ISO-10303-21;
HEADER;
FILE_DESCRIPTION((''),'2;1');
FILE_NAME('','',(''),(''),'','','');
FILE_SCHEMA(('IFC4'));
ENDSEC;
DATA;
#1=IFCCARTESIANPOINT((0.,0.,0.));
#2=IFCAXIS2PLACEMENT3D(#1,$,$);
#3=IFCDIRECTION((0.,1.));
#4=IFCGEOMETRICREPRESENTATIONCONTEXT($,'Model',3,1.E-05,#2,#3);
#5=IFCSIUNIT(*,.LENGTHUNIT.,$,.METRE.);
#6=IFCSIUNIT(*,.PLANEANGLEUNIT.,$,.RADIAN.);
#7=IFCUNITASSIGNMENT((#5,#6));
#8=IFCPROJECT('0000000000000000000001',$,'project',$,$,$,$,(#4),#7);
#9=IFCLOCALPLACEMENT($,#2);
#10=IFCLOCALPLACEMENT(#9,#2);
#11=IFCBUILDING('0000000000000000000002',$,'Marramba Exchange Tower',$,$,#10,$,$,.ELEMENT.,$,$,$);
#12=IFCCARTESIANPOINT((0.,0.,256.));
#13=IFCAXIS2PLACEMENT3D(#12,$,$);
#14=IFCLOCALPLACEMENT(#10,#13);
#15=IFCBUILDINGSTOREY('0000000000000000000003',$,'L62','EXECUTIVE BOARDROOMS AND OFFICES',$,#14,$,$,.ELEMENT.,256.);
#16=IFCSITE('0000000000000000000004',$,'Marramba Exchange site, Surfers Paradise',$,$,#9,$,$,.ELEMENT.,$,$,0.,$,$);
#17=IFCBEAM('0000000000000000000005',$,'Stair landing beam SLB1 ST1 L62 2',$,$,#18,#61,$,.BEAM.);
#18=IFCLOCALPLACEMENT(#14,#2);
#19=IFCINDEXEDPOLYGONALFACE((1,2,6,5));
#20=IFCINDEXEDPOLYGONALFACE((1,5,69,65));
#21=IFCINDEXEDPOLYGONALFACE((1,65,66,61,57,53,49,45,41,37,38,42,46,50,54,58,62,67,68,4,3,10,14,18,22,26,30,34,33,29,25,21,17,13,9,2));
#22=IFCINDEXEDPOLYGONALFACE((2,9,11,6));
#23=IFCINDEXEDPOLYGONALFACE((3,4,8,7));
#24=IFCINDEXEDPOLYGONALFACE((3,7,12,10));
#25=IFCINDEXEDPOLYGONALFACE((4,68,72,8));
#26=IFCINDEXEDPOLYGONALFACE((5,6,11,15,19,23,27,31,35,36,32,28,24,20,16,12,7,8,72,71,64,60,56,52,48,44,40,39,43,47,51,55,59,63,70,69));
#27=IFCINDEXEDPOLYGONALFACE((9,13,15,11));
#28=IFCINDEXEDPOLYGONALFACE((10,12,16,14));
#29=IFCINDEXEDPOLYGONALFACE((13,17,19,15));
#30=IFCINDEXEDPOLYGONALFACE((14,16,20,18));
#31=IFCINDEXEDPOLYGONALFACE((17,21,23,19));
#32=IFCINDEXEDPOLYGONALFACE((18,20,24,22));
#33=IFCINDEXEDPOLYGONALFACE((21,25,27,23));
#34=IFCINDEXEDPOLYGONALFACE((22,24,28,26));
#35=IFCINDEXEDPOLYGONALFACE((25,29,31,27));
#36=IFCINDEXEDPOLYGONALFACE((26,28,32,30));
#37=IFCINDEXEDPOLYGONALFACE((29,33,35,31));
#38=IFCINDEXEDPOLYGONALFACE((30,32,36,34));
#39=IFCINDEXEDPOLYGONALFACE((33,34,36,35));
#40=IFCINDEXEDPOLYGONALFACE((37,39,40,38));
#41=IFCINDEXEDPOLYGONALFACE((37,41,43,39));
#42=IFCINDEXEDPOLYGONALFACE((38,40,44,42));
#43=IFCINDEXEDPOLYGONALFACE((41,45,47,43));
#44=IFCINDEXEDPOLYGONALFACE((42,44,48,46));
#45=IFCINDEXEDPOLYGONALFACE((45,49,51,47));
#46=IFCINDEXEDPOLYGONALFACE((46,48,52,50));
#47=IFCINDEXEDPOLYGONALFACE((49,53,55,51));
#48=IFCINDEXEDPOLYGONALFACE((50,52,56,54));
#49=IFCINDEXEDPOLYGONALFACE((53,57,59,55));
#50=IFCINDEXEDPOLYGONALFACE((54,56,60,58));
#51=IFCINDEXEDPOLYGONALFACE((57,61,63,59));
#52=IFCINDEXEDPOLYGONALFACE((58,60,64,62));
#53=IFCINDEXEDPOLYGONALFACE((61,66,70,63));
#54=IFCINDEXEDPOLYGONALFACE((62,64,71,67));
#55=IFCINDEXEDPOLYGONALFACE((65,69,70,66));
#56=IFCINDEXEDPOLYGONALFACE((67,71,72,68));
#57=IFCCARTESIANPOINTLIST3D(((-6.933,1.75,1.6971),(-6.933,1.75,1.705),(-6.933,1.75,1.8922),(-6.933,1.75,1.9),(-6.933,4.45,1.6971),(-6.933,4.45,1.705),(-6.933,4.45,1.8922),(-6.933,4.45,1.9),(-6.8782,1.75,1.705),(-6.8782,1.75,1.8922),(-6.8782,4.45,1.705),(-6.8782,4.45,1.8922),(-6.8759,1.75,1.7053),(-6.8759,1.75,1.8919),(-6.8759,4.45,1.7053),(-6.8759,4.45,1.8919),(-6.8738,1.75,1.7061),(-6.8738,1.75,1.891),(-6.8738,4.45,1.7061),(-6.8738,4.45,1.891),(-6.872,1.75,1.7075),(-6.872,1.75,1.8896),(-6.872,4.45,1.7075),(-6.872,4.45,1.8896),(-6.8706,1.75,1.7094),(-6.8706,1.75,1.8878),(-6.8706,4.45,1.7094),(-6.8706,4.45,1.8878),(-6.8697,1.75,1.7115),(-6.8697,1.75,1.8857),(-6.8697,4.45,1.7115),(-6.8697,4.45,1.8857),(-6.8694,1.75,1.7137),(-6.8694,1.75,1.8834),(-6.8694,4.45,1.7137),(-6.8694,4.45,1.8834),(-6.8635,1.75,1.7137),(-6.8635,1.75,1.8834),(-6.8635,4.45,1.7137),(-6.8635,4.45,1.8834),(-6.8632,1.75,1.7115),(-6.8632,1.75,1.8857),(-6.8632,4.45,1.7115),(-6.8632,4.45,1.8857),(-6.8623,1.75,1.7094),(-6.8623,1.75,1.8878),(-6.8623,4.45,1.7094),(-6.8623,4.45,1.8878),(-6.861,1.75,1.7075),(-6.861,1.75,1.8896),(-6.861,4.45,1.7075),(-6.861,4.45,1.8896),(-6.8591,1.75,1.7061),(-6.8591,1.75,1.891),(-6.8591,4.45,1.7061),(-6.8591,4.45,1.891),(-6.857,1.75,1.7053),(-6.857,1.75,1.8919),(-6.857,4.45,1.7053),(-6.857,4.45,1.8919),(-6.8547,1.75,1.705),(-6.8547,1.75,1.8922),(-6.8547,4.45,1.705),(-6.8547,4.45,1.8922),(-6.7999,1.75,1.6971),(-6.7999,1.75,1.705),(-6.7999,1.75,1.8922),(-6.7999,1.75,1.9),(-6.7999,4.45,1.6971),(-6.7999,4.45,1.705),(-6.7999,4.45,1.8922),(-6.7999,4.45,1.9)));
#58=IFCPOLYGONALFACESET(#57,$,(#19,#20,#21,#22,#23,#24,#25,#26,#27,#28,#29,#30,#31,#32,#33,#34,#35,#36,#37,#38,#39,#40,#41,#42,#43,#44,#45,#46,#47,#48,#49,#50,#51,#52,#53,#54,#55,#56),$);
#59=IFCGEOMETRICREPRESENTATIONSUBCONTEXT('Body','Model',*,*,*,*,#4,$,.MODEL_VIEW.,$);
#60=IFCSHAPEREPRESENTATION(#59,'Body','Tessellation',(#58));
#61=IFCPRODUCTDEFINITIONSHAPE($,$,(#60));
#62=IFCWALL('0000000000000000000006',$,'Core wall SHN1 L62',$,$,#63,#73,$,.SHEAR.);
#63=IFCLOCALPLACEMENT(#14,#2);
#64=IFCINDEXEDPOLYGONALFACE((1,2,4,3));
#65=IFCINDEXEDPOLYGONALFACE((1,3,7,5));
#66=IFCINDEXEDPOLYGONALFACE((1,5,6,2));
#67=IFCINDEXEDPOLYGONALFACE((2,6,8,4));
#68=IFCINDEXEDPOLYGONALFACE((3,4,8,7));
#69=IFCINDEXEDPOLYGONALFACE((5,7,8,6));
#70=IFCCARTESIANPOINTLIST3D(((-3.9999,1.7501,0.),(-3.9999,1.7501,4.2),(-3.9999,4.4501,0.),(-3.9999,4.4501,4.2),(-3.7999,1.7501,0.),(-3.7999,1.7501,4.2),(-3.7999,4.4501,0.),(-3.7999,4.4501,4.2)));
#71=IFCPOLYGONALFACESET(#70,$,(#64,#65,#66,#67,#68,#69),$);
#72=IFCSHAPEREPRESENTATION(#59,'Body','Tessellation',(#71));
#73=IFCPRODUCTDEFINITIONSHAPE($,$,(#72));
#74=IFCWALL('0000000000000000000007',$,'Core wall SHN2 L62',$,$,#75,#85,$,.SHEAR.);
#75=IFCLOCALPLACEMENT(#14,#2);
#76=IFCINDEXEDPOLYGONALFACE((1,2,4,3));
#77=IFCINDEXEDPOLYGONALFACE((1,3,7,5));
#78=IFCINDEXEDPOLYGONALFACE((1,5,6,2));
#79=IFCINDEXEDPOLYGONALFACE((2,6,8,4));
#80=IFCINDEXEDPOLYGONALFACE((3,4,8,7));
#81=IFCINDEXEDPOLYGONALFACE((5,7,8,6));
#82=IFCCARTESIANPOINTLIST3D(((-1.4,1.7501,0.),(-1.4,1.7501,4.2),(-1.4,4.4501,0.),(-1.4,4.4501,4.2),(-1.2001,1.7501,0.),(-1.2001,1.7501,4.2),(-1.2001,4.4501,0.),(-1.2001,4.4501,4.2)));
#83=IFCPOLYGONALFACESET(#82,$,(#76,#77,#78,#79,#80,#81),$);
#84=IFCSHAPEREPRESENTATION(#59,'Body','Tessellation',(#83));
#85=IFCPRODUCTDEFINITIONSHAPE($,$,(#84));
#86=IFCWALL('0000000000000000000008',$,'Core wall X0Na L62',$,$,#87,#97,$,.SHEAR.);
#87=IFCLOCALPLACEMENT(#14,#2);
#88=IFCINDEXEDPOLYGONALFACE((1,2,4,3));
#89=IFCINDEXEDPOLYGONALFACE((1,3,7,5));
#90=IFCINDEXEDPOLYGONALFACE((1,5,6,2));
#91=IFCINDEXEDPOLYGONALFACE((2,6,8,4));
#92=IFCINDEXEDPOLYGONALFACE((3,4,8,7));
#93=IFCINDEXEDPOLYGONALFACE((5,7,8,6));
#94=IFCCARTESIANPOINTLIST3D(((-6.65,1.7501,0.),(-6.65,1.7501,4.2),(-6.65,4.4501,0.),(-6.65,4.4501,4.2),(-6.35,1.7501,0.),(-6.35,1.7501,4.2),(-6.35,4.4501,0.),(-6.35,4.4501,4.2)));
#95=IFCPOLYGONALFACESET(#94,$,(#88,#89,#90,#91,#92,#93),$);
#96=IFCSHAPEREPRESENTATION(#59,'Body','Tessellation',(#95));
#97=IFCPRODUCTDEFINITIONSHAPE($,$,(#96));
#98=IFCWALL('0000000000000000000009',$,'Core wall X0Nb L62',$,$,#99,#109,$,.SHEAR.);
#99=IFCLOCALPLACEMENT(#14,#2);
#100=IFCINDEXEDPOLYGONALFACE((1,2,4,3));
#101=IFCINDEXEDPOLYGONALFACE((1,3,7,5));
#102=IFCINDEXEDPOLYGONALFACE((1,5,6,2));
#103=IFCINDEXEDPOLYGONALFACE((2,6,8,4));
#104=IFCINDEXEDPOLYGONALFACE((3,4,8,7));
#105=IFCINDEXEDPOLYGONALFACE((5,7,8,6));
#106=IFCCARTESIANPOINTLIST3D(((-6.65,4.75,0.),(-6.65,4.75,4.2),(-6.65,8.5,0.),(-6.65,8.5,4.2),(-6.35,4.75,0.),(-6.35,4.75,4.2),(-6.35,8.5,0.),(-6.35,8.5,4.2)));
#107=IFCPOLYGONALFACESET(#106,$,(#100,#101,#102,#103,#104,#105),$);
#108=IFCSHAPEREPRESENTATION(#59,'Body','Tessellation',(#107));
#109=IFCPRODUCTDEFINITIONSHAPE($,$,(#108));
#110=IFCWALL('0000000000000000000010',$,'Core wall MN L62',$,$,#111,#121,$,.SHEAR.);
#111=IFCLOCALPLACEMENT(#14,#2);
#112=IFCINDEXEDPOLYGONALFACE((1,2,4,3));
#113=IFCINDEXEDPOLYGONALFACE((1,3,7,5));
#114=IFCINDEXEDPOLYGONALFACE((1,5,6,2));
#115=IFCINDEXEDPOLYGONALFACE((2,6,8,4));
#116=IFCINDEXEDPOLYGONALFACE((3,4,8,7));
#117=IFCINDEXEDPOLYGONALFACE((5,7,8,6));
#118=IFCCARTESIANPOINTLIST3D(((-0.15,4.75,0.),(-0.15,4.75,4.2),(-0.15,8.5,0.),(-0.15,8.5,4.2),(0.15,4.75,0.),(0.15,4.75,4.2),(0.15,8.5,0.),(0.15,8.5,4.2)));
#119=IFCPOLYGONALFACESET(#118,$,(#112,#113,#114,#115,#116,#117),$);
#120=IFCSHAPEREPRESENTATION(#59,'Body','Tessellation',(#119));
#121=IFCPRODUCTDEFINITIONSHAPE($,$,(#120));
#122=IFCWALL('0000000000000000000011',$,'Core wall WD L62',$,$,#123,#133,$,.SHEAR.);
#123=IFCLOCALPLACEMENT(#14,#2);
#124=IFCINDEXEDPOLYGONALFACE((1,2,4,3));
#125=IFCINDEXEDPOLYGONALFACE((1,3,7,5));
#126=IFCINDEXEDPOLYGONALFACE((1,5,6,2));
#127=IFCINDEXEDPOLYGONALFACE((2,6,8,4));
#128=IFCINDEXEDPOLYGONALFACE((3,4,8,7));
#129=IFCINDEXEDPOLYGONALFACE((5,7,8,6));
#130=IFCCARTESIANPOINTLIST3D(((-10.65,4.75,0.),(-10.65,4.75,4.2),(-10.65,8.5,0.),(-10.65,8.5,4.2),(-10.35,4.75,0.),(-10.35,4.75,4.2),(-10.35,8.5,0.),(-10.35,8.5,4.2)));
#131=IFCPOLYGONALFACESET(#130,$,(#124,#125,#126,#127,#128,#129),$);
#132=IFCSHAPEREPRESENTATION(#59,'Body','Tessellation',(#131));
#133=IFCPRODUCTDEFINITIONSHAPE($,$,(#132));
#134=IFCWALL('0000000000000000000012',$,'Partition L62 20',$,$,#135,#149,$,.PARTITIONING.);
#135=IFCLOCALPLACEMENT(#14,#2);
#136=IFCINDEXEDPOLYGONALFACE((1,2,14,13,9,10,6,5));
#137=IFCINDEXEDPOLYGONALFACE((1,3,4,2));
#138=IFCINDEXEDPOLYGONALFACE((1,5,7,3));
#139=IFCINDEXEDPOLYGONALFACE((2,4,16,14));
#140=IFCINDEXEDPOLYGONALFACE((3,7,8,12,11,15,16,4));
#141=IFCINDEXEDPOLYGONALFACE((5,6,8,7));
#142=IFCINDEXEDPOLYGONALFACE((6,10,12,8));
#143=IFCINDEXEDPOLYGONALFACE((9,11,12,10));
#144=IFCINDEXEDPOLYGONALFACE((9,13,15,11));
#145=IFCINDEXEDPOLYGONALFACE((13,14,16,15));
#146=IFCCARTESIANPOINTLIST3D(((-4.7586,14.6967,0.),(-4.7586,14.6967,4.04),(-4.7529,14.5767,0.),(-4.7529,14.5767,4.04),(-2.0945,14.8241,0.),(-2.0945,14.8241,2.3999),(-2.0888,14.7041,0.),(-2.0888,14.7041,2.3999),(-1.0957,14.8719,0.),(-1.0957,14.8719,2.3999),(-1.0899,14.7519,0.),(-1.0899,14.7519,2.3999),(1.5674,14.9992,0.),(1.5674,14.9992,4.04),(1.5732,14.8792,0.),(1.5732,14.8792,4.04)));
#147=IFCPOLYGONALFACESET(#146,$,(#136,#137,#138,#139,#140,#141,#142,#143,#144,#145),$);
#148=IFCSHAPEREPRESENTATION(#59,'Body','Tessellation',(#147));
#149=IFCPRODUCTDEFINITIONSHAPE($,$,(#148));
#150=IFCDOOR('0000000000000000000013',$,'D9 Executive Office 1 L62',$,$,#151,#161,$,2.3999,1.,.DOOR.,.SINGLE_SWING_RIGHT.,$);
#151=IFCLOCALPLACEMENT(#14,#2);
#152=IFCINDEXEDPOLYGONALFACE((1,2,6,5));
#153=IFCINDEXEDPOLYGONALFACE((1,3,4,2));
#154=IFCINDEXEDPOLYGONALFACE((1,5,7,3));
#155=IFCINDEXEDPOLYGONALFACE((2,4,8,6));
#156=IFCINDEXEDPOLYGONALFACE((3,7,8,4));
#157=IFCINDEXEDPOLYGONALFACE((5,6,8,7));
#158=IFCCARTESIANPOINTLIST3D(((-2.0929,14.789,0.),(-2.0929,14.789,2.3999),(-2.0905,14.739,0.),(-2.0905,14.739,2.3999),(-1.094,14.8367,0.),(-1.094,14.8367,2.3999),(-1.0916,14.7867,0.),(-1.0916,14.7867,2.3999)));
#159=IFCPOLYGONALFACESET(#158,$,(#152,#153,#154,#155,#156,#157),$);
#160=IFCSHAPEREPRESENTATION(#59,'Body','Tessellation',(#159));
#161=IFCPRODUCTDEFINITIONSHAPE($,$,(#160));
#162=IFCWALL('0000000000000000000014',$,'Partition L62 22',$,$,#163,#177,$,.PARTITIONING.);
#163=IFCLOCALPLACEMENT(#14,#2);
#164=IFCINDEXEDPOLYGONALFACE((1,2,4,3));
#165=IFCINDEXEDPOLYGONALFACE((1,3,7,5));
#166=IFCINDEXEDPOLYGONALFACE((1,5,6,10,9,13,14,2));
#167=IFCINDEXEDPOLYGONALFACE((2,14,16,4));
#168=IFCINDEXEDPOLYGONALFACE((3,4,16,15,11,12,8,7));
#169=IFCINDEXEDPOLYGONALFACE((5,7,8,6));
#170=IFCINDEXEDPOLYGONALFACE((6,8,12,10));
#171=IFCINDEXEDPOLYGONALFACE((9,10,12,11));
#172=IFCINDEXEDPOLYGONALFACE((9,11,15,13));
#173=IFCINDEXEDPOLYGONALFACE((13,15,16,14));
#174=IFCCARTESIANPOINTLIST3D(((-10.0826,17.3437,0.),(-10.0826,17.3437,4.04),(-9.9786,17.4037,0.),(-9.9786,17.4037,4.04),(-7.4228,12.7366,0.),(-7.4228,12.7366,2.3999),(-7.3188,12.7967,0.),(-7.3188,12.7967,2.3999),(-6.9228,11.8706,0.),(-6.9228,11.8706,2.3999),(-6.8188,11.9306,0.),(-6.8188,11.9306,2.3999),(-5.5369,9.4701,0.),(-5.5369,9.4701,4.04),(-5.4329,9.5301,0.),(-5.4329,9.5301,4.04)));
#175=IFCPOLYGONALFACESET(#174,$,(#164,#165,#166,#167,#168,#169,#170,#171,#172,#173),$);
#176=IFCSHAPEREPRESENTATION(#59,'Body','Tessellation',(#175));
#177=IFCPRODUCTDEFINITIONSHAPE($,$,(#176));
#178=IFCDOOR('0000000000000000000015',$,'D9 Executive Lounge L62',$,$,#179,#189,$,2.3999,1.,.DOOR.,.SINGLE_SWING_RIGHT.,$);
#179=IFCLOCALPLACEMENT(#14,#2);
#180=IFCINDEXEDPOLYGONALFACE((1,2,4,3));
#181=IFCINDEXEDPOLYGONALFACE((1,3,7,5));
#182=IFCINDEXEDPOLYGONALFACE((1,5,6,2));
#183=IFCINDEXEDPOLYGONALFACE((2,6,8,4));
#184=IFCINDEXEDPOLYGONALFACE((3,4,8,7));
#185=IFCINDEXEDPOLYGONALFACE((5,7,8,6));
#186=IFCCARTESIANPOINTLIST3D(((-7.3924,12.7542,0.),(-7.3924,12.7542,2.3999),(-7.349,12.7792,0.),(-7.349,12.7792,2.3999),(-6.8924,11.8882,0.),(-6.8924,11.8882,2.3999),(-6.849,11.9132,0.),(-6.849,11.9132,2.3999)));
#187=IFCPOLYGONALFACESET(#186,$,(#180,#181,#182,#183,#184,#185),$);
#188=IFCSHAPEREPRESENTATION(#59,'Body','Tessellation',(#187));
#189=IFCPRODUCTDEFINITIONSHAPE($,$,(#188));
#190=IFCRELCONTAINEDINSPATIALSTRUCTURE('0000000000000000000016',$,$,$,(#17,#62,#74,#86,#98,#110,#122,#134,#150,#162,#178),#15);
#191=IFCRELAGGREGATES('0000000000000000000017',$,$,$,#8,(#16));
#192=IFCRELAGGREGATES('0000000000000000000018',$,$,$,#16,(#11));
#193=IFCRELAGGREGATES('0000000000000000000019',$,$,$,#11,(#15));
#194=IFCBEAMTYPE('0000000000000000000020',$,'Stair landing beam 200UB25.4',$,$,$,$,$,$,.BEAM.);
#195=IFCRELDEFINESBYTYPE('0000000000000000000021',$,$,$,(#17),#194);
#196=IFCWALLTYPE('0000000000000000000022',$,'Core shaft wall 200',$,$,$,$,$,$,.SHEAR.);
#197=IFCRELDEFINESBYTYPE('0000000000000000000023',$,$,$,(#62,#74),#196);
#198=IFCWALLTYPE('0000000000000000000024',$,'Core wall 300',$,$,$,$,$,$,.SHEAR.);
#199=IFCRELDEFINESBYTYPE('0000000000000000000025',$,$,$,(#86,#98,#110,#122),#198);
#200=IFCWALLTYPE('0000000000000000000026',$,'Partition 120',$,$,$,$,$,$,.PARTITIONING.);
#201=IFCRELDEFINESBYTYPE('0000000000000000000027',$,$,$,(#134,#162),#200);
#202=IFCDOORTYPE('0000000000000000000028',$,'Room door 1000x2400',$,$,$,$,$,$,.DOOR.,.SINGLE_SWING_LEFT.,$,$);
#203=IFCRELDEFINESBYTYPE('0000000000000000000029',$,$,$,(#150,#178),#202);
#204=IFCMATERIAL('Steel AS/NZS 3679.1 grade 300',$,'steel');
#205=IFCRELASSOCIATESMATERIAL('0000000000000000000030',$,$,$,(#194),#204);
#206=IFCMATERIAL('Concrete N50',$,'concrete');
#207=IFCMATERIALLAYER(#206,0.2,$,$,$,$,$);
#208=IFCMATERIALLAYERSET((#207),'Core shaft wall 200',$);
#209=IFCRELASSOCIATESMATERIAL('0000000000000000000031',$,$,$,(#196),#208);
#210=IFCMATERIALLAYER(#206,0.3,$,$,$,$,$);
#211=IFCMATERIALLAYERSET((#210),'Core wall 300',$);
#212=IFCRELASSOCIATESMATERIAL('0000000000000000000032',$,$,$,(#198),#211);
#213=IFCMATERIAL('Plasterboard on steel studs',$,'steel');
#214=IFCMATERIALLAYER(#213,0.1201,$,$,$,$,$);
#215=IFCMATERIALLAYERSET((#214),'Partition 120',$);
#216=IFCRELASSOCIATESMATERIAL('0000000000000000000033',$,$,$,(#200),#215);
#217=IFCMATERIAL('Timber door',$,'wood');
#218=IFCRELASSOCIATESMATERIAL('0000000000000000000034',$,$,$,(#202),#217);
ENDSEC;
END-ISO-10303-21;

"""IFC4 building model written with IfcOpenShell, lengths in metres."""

from ifc_helpers import new_model, si_unit, direction, frame, frame_2d, origin, origin_2d, place, context, subcontext, project, spatial, rectangle, i_section, extrude, material, layer, layer_set, material_profile, profile_set, type_object, element, fill, save


model = new_model("IFC4")

# Units and contexts
model_context = context("Model", 3, precision=1e-05, world=origin(), true_north=direction((0.0, 1.0)))
body_context = subcontext(model_context, "Body", "Model", "MODEL_VIEW")
ifc_project = project(units=[si_unit("LENGTHUNIT", "METRE"), si_unit("PLANEANGLEUNIT", "RADIAN")], contexts=[model_context])

# Site, building, storey
site_placement = place(None, origin())
site = spatial("IfcSite", under=ifc_project, at=site_placement, Name="Marramba Exchange site, Surfers Paradise", CompositionType="ELEMENT", RefElevation=0.0)
building_placement = place(site_placement, origin())
building = spatial("IfcBuilding", under=site, at=building_placement, Name="Marramba Exchange Tower", CompositionType="ELEMENT")
storey_placement = place(building_placement, frame((0.0, 0.0, 256.0)))
storey = spatial("IfcBuildingStorey", under=building, at=storey_placement, Name="L62", Description="EXECUTIVE BOARDROOMS AND OFFICES", CompositionType="ELEMENT", Elevation=256.0)

# Beam
ifc_material_1 = material(Name="Steel AS/NZS 3679.1 grade 300", Category="steel")
ifc_material_profile_1 = material_profile(ifc_material_1, i_section(OverallWidth=0.1331, OverallDepth=0.2029, WebThickness=0.0059, FlangeThickness=0.0078, FilletRadius=0.0088, at=origin_2d()), Name="200UB25.4")
ifc_profile_set_1 = profile_set([ifc_material_profile_1], Name="Steel AS/NZS 3679.1 grade 300")
beam_type_1 = type_object("IfcBeamType", Name="Stair landing beam 200UB25.4", PredefinedType="BEAM", material=ifc_profile_set_1)
for number, where, z_axis, x_axis, name in (
    (1, (-6.8665, 1.75, 1.7986), (0.0, 1.0, 0.0), (-1.0, 0.0, 0.0), "Stair landing beam SLB1 ST1 L62 2"),
):
    element("IfcBeam", number, at=place(storey_placement, frame(where, z_axis=z_axis, x_axis=x_axis)), inside=storey, type_object=beam_type_1, Name=name, PredefinedType="BEAM", context=body_context, shape_type="SweptSolid", body=[
        extrude(i_section(OverallWidth=0.1331, OverallDepth=0.2029, WebThickness=0.0059, FlangeThickness=0.0078, FilletRadius=0.0088, at=origin_2d()), origin(), (0.0, 0.0, 1.0), 2.7),
    ])

# Walls
ifc_material_2 = material(Name="Concrete N50", Category="concrete")
ifc_layer_1 = layer(ifc_material_2, 0.2)
ifc_layer_set_1 = layer_set([ifc_layer_1], Name="Core shaft wall 200")
wall_type_1 = type_object("IfcWallType", Name="Core shaft wall 200", PredefinedType="SHEAR", material=ifc_layer_set_1)
for number, where, z_axis, x_axis, name in (
    (2, (-3.8999, 1.75, 0.0), (0.0, 0.0, 1.0), (0.0, 1.0, 0.0), "Core wall SHN1 L62"),
    (3, (-1.3, 1.75, 0.0), (0.0, 0.0, 1.0), (0.0, 1.0, 0.0), "Core wall SHN2 L62"),
):
    element("IfcWall", number, at=place(storey_placement, frame(where, z_axis=z_axis, x_axis=x_axis)), inside=storey, type_object=wall_type_1, Name=name, PredefinedType="SHEAR", context=body_context, shape_type="SweptSolid", body=[
        extrude(rectangle(XDim=2.7, YDim=0.2, at=frame_2d((1.3501, 0.0))), origin(), (0.0, 0.0, 1.0), 4.2),
    ])
ifc_layer_2 = layer(ifc_material_2, 0.3)
ifc_layer_set_2 = layer_set([ifc_layer_2], Name="Core wall 300")
wall_type_2 = type_object("IfcWallType", Name="Core wall 300", PredefinedType="SHEAR", material=ifc_layer_set_2)
wall_1_placement = place(storey_placement, frame((-6.5, 1.75, 0.0), z_axis=(0.0, 0.0, 1.0), x_axis=(0.0, 1.0, 0.0)))
element("IfcWall", 4, at=wall_1_placement, inside=storey, type_object=wall_type_2, Name="Core wall X0Na L62", PredefinedType="SHEAR", context=body_context, shape_type="SweptSolid", body=[
    extrude(rectangle(XDim=2.7, YDim=0.3, at=frame_2d((1.3501, 0.0))), origin(), (0.0, 0.0, 1.0), 4.2),
])
for number, where, z_axis, x_axis, name in (
    (5, (-6.5, 4.75, 0.0), (0.0, 0.0, 1.0), (0.0, 1.0, 0.0), "Core wall X0Nb L62"),
    (6, (0.0, 4.75, 0.0), (0.0, 0.0, 1.0), (0.0, 1.0, 0.0), "Core wall MN L62"),
    (7, (-10.5, 4.75, 0.0), (0.0, 0.0, 1.0), (0.0, 1.0, 0.0), "Core wall WD L62"),
):
    element("IfcWall", number, at=place(storey_placement, frame(where, z_axis=z_axis, x_axis=x_axis)), inside=storey, type_object=wall_type_2, Name=name, PredefinedType="SHEAR", context=body_context, shape_type="SweptSolid", body=[
        extrude(rectangle(XDim=3.75, YDim=0.3, at=frame_2d((1.875, 0.0))), origin(), (0.0, 0.0, 1.0), 4.2),
    ])

# Walls, openings, doors
ifc_material_3 = material(Name="Plasterboard on steel studs", Category="steel")
ifc_layer_3 = layer(ifc_material_3, 0.1201)
ifc_layer_set_3 = layer_set([ifc_layer_3], Name="Partition 120")
wall_type_3 = type_object("IfcWallType", Name="Partition 120", PredefinedType="PARTITIONING", material=ifc_layer_set_3)
wall_2_placement = place(storey_placement, frame((-4.7556, 14.6367, 0.0), z_axis=(0.0, 0.0, 1.0), x_axis=(0.998859, 0.047763, 0.0)))
wall_2 = element("IfcWall", 8, at=wall_2_placement, inside=storey, type_object=wall_type_3, Name="Partition L62 20", PredefinedType="PARTITIONING", context=body_context, shape_type="SweptSolid", body=[
    extrude(rectangle(XDim=6.3333, YDim=0.1201, at=frame_2d((3.1665, 0.0))), origin(), (0.0, 0.0, 1.0), 4.04),
])
opening_1_placement = place(wall_2_placement, frame((2.667, 0.0, 0.0)))
opening_1 = element("IfcOpeningElement", 9, at=opening_1_placement, cuts=wall_2, PredefinedType="OPENING", context=body_context, shape_type="SweptSolid", body=[
    extrude(rectangle(XDim=1.0, YDim=2.3999, at=frame_2d((0.5, 1.2))), frame((0.0, 0.0701, 0.0), z_axis=(0.0, -1.0, 0.0), x_axis=(1.0, 0.0, 0.0)), (0.0, 0.0, 1.0), 0.1401),
])
ifc_material_4 = material(Name="Timber door", Category="wood")
door_type = type_object("IfcDoorType", Name="Room door 1000x2400", OperationType="SINGLE_SWING_LEFT", PredefinedType="DOOR", material=ifc_material_4)
door_1_placement = place(opening_1_placement, origin())
door_1 = element("IfcDoor", 10, at=door_1_placement, inside=storey, type_object=door_type, Name="D9 Executive Office 1 L62", OperationType="SINGLE_SWING_RIGHT", OverallHeight=2.3999, OverallWidth=1.0, PredefinedType="DOOR", context=body_context, shape_type="SweptSolid", body=[
    extrude(rectangle(XDim=1.0, YDim=2.3999, at=frame_2d((0.5, 1.2))), frame((0.0, 0.0249, 0.0), z_axis=(0.0, -1.0, 0.0), x_axis=(1.0, 0.0, 0.0)), (0.0, 0.0, 1.0), 0.05),
])
fill(opening_1, door_1)
wall_3_placement = place(storey_placement, frame((-5.4849, 9.5, 0.0), z_axis=(0.0, 0.0, 1.0), x_axis=(-0.499989, 0.866032, 0.0)))
wall_3 = element("IfcWall", 11, at=wall_3_placement, inside=storey, type_object=wall_type_3, Name="Partition L62 22", PredefinedType="PARTITIONING", context=body_context, shape_type="SweptSolid", body=[
    extrude(rectangle(XDim=9.0916, YDim=0.1201, at=frame_2d((4.5459, 0.0))), origin(), (0.0, 0.0, 1.0), 4.04),
])
opening_2_placement = place(wall_3_placement, frame((2.772, 0.0, 0.0)))
opening_2 = element("IfcOpeningElement", 12, at=opening_2_placement, cuts=wall_3, PredefinedType="OPENING", context=body_context, shape_type="SweptSolid", body=[
    extrude(rectangle(XDim=1.0, YDim=2.3999, at=frame_2d((0.5, 1.2))), frame((0.0, 0.0701, 0.0), z_axis=(0.0, -1.0, 0.0), x_axis=(1.0, 0.0, 0.0)), (0.0, 0.0, 1.0), 0.1401),
])
door_2_placement = place(opening_2_placement, origin())
door_2 = element("IfcDoor", 13, at=door_2_placement, inside=storey, type_object=door_type, Name="D9 Executive Lounge L62", OperationType="SINGLE_SWING_RIGHT", OverallHeight=2.3999, OverallWidth=1.0, PredefinedType="DOOR", context=body_context, shape_type="SweptSolid", body=[
    extrude(rectangle(XDim=1.0, YDim=2.3999, at=frame_2d((0.5, 1.2))), frame((0.0, 0.0249, 0.0), z_axis=(0.0, -1.0, 0.0), x_axis=(1.0, 0.0, 0.0)), (0.0, 0.0, 1.0), 0.05),
])
fill(opening_2, door_2)

save(model, "model.ifc")
